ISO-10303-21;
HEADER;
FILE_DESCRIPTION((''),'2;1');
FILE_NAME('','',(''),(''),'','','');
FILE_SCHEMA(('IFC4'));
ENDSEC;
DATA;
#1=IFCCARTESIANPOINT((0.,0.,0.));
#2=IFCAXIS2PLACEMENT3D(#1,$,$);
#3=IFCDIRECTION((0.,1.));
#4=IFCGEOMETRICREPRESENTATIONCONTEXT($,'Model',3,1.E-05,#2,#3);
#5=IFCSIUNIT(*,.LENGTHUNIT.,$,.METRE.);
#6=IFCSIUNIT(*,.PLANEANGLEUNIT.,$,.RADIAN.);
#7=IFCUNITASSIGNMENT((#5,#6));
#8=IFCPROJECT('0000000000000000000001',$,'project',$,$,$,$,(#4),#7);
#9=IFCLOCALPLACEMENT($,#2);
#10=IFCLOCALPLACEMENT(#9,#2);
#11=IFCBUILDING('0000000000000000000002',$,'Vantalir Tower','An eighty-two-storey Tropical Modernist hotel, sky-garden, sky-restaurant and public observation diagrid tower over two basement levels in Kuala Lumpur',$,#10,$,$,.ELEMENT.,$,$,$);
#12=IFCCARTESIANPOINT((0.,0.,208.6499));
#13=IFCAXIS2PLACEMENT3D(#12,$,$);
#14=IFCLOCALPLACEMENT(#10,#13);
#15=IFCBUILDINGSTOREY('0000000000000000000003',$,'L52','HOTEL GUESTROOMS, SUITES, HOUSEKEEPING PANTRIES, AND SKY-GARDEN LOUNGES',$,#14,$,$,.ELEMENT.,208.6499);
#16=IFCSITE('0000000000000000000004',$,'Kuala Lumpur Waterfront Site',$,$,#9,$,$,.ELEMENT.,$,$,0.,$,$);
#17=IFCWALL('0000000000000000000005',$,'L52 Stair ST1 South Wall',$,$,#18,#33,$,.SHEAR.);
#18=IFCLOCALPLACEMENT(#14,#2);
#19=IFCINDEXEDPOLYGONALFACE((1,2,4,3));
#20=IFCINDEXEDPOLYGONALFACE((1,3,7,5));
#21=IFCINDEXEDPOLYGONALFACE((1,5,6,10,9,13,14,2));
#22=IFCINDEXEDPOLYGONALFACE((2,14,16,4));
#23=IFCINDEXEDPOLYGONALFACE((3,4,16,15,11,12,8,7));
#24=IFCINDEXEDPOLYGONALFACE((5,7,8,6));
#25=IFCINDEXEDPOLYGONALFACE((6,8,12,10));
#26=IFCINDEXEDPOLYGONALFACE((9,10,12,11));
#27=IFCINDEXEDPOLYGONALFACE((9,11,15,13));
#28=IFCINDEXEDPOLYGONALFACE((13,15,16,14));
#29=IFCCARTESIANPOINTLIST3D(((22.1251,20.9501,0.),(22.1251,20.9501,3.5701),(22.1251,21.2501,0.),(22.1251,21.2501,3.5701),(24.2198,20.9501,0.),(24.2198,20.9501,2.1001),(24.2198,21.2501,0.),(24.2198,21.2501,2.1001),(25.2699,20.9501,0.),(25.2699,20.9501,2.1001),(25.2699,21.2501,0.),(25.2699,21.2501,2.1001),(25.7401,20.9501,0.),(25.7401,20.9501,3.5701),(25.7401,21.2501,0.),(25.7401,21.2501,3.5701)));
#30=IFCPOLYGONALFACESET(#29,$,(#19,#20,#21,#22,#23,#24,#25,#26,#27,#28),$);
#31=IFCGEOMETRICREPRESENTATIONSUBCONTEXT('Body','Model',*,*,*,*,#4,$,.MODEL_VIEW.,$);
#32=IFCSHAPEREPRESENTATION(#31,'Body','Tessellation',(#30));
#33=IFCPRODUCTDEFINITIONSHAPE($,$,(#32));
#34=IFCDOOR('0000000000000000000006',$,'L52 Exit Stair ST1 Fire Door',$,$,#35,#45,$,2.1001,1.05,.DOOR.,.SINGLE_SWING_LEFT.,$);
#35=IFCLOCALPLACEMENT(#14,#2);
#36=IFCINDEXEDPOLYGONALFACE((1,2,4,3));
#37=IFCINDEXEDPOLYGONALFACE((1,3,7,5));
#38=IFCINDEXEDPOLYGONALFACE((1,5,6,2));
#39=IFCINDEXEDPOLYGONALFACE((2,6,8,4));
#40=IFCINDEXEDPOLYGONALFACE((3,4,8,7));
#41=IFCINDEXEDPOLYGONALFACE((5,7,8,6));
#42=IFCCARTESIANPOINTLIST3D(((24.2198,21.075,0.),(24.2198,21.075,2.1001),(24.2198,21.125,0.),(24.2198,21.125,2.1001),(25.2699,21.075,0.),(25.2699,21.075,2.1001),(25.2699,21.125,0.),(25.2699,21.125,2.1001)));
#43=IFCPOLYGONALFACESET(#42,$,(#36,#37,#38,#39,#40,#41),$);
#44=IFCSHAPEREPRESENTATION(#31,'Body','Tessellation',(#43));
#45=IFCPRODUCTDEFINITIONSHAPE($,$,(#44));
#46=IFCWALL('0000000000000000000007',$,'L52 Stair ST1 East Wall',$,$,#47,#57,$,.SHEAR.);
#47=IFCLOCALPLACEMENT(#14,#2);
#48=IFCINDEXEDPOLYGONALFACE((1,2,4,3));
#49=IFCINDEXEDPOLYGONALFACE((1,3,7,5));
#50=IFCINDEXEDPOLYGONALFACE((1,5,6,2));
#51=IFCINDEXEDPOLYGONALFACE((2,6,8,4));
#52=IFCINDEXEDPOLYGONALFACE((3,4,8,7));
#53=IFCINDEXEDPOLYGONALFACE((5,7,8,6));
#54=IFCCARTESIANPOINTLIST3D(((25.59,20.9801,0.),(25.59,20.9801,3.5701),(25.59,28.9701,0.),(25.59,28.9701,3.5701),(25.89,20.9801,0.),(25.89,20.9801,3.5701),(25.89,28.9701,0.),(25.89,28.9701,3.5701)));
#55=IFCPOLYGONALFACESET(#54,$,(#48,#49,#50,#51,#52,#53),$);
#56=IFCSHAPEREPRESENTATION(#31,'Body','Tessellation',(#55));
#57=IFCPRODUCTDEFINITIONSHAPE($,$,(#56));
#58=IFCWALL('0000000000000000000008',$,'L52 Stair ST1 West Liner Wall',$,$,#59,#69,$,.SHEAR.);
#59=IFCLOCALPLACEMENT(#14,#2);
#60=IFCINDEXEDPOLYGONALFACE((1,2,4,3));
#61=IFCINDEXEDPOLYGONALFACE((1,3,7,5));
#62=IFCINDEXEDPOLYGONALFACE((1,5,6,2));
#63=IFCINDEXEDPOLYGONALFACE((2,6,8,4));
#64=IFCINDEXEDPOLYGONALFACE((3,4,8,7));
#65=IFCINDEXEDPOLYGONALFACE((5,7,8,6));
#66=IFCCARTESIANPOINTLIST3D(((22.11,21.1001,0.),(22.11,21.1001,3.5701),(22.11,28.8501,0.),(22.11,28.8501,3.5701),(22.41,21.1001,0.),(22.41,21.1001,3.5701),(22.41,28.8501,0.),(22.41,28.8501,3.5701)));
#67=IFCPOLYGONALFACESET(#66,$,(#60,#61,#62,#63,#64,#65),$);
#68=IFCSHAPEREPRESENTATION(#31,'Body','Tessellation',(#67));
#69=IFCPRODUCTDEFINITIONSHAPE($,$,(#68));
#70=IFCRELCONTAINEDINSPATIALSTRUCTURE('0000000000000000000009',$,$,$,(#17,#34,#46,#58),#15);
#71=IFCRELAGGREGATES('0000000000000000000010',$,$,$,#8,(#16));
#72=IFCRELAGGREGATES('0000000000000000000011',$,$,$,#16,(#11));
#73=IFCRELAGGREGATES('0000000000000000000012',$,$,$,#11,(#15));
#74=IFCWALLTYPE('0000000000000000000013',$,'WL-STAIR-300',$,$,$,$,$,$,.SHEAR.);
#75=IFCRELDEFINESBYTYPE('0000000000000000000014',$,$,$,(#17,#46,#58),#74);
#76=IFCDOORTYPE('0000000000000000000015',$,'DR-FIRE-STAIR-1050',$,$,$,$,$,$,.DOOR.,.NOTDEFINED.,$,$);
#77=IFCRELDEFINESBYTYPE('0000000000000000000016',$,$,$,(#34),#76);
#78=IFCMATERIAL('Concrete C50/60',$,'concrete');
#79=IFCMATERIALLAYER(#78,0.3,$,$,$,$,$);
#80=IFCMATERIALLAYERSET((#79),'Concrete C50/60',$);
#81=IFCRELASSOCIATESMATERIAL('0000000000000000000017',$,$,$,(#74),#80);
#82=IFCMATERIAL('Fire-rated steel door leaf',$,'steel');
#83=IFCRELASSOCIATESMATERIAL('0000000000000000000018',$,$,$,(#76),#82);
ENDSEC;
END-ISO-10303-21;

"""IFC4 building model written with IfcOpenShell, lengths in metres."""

from ifc_helpers import new_model, si_unit, direction, frame, frame_2d, origin, place, context, subcontext, project, spatial, rectangle, extrude, material, layer, layer_set, type_object, element, fill, save


model = new_model("IFC4")

# Units and contexts
model_context = context("Model", 3, precision=1e-05, world=origin(), true_north=direction((0.0, 1.0)))
body_context = subcontext(model_context, "Body", "Model", "MODEL_VIEW")
ifc_project = project(units=[si_unit("LENGTHUNIT", "METRE"), si_unit("PLANEANGLEUNIT", "RADIAN")], contexts=[model_context])

# Site, building, storey
site_placement = place(None, origin())
site = spatial("IfcSite", under=ifc_project, at=site_placement, Name="Kuala Lumpur Waterfront Site", CompositionType="ELEMENT", RefElevation=0.0)
building_placement = place(site_placement, origin())
building = spatial("IfcBuilding", under=site, at=building_placement, Name="Vantalir Tower", Description="An eighty-two-storey Tropical Modernist hotel, sky-garden, sky-restaurant and public observation diagrid tower over two basement levels in Kuala Lumpur", CompositionType="ELEMENT")
storey_placement = place(building_placement, frame((0.0, 0.0, 208.6499)))
storey = spatial("IfcBuildingStorey", under=building, at=storey_placement, Name="L52", Description="HOTEL GUESTROOMS, SUITES, HOUSEKEEPING PANTRIES, AND SKY-GARDEN LOUNGES", CompositionType="ELEMENT", Elevation=208.6499)

# Shared definitions
ifc_material_1 = material(Name="Concrete C50/60", Category="concrete")

# Wall, opening, door
ifc_layer_1 = layer(ifc_material_1, 0.3)
ifc_layer_set_1 = layer_set([ifc_layer_1], Name="Concrete C50/60")
wall_type_1 = type_object("IfcWallType", Name="WL-STAIR-300", PredefinedType="SHEAR", material=ifc_layer_set_1)
wall_1_placement = place(storey_placement, frame((22.125, 21.1001, 0.0), z_axis=(0.0, 0.0, 1.0), x_axis=(1.0, 0.0, 0.0)))
wall_1 = element("IfcWall", 1, at=wall_1_placement, inside=storey, type_object=wall_type_1, Name="L52 Stair ST1 South Wall", PredefinedType="SHEAR", context=body_context, shape_type="SweptSolid", body=[
    extrude(rectangle(XDim=3.615, YDim=0.3, at=frame_2d((1.8076, 0.0))), origin(), (0.0, 0.0, 1.0), 3.5701),
])
opening_1_placement = place(wall_1_placement, frame((2.095, 0.0, 0.0)))
opening_1 = element("IfcOpeningElement", 2, at=opening_1_placement, cuts=wall_1, PredefinedType="OPENING", context=body_context, shape_type="SweptSolid", body=[
    extrude(rectangle(XDim=1.05, YDim=2.1001, at=frame_2d((0.5249, 1.05))), frame((0.0, 0.1599, 0.0), z_axis=(0.0, -1.0, 0.0), x_axis=(1.0, 0.0, 0.0)), (0.0, 0.0, 1.0), 0.3201),
])
ifc_material_2 = material(Name="Fire-rated steel door leaf", Category="steel")
door_type_1 = type_object("IfcDoorType", Name="DR-FIRE-STAIR-1050", OperationType="NOTDEFINED", PredefinedType="DOOR", material=ifc_material_2)
door_1_placement = place(opening_1_placement, origin())
door_1 = element("IfcDoor", 3, at=door_1_placement, inside=storey, type_object=door_type_1, Name="L52 Exit Stair ST1 Fire Door", OperationType="SINGLE_SWING_LEFT", OverallHeight=2.1001, OverallWidth=1.05, PredefinedType="DOOR", context=body_context, shape_type="SweptSolid", body=[
    extrude(rectangle(XDim=1.05, YDim=2.1001, at=frame_2d((0.5249, 1.05))), frame((0.0, 0.0249, 0.0), z_axis=(0.0, -1.0, 0.0), x_axis=(1.0, 0.0, 0.0)), (0.0, 0.0, 1.0), 0.05),
])
fill(opening_1, door_1)

# Walls
wall_2_placement = place(storey_placement, frame((25.74, 20.98, 0.0), z_axis=(0.0, 0.0, 1.0), x_axis=(0.0, 1.0, 0.0)))
element("IfcWall", 4, at=wall_2_placement, inside=storey, type_object=wall_type_1, Name="L52 Stair ST1 East Wall", PredefinedType="SHEAR", context=body_context, shape_type="SweptSolid", body=[
    extrude(rectangle(XDim=7.99, YDim=0.3, at=frame_2d((3.9951, 0.0))), origin(), (0.0, 0.0, 1.0), 3.5701),
])
wall_3_placement = place(storey_placement, frame((22.26, 21.1001, 0.0), z_axis=(0.0, 0.0, 1.0), x_axis=(0.0, 1.0, 0.0)))
element("IfcWall", 5, at=wall_3_placement, inside=storey, type_object=wall_type_1, Name="L52 Stair ST1 West Liner Wall", PredefinedType="SHEAR", context=body_context, shape_type="SweptSolid", body=[
    extrude(rectangle(XDim=7.75, YDim=0.3, at=frame_2d((3.875, 0.0))), origin(), (0.0, 0.0, 1.0), 3.5701),
])

save(model, "model.ifc")
